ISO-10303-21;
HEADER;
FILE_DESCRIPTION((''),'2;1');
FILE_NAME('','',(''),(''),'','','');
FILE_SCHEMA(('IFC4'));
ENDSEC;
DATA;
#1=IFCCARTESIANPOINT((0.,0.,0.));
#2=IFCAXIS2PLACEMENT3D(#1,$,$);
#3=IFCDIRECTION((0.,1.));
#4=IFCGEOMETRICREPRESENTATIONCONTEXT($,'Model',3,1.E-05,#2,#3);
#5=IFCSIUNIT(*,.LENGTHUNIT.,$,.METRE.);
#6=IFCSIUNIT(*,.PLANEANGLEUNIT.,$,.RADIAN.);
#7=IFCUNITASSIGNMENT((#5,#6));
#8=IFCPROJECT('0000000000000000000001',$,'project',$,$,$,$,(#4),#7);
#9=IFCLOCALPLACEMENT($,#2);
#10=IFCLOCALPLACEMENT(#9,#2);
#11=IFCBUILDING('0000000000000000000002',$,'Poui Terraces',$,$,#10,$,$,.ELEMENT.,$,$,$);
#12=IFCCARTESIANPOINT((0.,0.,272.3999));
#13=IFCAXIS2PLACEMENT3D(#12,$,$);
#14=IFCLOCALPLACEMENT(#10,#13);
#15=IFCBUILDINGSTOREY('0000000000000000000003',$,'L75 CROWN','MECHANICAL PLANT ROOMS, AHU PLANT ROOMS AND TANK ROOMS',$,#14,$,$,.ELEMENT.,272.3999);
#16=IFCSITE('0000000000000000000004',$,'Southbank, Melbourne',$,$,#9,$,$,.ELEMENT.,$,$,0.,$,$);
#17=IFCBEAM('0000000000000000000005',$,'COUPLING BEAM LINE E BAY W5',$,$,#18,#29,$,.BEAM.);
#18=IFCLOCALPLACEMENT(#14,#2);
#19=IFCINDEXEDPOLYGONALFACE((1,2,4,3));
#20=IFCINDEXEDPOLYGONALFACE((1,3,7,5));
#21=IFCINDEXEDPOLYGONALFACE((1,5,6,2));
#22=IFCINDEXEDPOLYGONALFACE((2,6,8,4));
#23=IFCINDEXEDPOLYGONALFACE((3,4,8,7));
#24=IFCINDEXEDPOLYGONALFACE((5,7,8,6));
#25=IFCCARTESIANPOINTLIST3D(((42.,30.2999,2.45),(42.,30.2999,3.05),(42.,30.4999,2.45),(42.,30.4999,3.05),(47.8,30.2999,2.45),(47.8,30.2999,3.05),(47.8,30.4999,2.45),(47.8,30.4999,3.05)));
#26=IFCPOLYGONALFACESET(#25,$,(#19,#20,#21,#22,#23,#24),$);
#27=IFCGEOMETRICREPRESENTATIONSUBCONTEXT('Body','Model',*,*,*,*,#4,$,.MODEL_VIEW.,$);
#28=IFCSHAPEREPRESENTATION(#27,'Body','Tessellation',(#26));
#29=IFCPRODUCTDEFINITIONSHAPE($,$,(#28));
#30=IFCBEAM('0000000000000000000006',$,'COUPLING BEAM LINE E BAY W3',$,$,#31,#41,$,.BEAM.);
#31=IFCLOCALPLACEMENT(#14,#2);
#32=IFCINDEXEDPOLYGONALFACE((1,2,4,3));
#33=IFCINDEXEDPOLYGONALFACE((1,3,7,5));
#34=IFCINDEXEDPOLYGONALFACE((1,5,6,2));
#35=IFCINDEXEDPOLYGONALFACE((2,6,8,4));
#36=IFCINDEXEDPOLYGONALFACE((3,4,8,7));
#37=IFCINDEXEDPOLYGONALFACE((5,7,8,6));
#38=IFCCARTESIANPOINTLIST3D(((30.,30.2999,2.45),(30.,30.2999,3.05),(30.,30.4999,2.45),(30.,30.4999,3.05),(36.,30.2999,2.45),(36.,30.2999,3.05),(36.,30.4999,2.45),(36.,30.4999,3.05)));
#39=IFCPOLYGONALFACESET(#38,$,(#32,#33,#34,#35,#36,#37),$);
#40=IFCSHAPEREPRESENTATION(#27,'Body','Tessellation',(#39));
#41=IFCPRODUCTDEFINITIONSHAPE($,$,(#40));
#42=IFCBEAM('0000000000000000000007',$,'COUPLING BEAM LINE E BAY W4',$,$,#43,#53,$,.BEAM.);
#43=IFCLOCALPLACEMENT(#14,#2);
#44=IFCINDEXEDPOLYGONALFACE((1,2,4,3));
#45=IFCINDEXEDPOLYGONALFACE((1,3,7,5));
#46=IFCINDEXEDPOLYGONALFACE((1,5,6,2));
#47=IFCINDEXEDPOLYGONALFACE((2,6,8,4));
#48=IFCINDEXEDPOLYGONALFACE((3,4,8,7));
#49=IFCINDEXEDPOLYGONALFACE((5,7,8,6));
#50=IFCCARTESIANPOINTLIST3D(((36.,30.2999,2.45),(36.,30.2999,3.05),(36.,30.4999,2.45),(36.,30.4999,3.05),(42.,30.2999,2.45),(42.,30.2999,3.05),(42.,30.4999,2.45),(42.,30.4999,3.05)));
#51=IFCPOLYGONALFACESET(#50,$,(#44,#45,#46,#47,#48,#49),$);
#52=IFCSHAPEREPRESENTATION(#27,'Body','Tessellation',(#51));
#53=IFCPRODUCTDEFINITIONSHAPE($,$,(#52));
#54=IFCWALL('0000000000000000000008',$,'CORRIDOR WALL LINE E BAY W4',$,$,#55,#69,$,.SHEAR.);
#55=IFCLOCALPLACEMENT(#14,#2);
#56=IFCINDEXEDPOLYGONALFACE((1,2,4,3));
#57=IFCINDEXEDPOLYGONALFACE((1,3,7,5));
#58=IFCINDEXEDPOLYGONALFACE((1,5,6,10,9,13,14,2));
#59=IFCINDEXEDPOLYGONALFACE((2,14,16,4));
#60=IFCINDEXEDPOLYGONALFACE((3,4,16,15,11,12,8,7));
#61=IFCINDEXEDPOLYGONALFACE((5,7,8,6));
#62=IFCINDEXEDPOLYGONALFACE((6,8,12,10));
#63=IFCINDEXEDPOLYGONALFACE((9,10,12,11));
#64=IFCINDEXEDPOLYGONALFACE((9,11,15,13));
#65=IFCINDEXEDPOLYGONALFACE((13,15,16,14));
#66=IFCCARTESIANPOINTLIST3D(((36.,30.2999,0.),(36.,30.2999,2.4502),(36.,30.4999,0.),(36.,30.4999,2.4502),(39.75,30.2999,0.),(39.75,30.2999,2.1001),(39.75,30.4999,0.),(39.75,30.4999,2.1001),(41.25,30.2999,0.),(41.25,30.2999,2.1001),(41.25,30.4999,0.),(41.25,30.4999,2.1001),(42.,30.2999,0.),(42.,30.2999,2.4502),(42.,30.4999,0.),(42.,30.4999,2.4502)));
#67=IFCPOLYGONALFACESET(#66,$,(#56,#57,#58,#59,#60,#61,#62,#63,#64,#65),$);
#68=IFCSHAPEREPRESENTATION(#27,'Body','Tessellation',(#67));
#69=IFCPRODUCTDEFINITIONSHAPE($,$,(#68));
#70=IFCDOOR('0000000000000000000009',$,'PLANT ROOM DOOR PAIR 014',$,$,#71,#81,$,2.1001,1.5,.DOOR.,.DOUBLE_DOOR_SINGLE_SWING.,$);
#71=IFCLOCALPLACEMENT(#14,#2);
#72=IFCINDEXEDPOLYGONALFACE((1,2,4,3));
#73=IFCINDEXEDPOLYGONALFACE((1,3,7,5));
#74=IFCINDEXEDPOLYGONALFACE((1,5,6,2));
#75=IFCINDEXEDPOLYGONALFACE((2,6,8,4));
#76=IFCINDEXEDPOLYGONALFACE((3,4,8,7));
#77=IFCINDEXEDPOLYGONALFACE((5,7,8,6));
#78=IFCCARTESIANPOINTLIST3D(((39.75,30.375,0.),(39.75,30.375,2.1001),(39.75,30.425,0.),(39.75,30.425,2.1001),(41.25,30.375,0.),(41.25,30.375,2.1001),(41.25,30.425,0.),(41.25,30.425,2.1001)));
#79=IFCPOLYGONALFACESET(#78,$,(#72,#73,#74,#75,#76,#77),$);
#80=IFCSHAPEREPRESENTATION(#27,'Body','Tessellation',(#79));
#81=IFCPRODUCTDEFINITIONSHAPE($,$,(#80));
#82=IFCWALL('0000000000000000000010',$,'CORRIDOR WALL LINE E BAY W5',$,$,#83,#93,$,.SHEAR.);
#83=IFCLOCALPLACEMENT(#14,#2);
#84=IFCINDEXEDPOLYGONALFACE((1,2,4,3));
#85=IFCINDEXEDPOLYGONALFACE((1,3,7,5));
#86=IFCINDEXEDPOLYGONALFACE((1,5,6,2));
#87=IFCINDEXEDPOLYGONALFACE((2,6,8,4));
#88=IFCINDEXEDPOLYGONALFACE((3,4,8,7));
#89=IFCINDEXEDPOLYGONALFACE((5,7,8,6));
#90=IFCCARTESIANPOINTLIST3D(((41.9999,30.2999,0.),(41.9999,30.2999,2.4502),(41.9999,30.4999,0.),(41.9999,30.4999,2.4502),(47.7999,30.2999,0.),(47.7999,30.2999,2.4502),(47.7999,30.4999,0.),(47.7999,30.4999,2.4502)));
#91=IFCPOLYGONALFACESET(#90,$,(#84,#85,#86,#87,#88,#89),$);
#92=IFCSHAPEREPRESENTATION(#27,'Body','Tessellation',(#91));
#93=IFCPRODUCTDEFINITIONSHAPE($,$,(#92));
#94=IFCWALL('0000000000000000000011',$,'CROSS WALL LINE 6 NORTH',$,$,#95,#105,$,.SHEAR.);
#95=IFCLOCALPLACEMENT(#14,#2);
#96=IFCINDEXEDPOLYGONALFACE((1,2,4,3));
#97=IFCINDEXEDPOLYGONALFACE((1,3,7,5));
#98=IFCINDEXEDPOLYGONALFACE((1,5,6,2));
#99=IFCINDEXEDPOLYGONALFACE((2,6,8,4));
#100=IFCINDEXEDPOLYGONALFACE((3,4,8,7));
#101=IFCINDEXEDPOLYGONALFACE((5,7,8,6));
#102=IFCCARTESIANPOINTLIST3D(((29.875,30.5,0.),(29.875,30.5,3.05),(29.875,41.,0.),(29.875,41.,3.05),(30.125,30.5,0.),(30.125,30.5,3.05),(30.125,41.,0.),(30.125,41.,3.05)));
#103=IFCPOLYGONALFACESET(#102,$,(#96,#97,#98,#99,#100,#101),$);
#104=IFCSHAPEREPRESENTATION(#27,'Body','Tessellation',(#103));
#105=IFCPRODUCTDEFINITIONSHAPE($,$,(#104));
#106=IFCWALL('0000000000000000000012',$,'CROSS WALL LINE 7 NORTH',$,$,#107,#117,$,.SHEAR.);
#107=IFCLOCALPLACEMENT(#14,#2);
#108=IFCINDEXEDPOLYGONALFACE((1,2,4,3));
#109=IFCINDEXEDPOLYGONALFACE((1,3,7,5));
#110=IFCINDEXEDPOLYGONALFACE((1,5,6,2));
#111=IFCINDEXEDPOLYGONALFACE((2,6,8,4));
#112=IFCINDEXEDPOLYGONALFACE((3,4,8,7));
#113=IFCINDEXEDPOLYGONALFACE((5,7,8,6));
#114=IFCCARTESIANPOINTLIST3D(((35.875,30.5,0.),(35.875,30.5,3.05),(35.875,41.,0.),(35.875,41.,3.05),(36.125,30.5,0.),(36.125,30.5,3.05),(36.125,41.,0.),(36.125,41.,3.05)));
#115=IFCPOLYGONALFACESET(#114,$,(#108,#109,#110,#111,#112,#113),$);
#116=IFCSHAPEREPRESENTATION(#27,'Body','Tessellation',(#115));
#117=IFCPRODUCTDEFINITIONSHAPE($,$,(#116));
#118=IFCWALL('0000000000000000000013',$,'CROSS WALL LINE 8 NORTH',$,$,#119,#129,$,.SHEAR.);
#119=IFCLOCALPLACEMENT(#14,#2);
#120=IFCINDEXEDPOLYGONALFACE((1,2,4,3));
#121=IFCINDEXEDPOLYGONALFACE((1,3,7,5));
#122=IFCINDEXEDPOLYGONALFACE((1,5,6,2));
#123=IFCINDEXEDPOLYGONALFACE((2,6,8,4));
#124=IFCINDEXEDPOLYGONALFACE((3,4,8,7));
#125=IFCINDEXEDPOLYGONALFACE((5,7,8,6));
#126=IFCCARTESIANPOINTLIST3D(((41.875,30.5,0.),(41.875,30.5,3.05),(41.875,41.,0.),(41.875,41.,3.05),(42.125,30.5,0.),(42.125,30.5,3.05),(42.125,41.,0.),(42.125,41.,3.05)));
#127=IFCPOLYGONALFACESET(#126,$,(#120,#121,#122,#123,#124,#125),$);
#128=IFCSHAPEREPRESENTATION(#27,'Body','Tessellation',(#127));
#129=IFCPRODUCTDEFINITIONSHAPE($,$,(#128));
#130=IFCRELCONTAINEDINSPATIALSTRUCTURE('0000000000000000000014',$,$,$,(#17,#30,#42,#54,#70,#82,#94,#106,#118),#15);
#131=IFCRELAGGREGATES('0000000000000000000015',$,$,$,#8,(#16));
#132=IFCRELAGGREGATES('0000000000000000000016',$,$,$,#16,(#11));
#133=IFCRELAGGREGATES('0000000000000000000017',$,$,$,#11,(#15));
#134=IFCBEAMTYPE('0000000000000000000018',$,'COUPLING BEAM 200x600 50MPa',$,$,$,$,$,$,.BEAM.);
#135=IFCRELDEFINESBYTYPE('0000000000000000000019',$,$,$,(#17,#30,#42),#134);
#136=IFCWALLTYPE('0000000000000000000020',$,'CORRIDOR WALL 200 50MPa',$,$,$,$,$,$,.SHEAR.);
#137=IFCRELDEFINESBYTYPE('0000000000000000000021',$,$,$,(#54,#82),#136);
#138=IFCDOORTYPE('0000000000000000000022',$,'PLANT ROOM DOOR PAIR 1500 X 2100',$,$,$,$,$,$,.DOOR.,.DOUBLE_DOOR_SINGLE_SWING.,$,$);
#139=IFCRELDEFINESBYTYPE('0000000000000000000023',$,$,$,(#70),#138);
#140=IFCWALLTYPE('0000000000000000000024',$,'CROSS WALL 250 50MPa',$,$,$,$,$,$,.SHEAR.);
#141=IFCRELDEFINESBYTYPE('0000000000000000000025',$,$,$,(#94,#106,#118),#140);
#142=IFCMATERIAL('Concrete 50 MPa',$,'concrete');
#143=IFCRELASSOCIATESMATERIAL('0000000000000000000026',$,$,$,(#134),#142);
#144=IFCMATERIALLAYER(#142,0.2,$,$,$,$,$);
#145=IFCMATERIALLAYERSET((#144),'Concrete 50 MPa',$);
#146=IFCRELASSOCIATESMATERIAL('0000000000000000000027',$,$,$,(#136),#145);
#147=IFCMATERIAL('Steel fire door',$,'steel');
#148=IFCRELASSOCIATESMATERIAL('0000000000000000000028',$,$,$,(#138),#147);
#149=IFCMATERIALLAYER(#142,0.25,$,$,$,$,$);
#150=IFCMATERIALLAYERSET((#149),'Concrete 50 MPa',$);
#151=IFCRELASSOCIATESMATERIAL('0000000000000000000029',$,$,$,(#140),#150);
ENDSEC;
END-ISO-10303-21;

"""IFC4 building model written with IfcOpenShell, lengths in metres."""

from ifc_helpers import new_model, si_unit, direction, frame, frame_2d, origin, origin_2d, place, context, subcontext, project, spatial, rectangle, extrude, source, transform, mapped, material, layer, layer_set, material_profile, profile_set, type_object, element, fill, save


model = new_model("IFC4")

# Units and contexts
model_context = context("Model", 3, precision=1e-05, world=origin(), true_north=direction((0.0, 1.0)))
body_context = subcontext(model_context, "Body", "Model", "MODEL_VIEW")
ifc_project = project(units=[si_unit("LENGTHUNIT", "METRE"), si_unit("PLANEANGLEUNIT", "RADIAN")], contexts=[model_context])

# Site, building, storey
site_placement = place(None, origin())
site = spatial("IfcSite", under=ifc_project, at=site_placement, Name="Southbank, Melbourne", CompositionType="ELEMENT", RefElevation=0.0)
building_placement = place(site_placement, origin())
building = spatial("IfcBuilding", under=site, at=building_placement, Name="Poui Terraces", CompositionType="ELEMENT")
storey_placement = place(building_placement, frame((0.0, 0.0, 272.3999)))
storey = spatial("IfcBuildingStorey", under=building, at=storey_placement, Name="L75 CROWN", Description="MECHANICAL PLANT ROOMS, AHU PLANT ROOMS AND TANK ROOMS", CompositionType="ELEMENT", Elevation=272.3999)

# Beams
ifc_material_1 = material(Name="Concrete 50 MPa", Category="concrete")
ifc_material_profile_1 = material_profile(ifc_material_1, rectangle(XDim=0.2, YDim=0.6001, at=origin_2d()), Name="RC 200x600")
ifc_profile_set_1 = profile_set([ifc_material_profile_1], Name="Concrete 50 MPa")
beam_type = type_object("IfcBeamType", Name="COUPLING BEAM 200x600 50MPa", PredefinedType="BEAM", material=ifc_profile_set_1)
shared_shape_1 = source(origin(), body_context, "Body", "SweptSolid", [
    extrude(rectangle(XDim=0.2, YDim=0.6001, at=origin_2d()), origin(), (0.0, 0.0, 1.0), 5.8),
])
beam_placement = place(storey_placement, frame((42.0, 30.3999, 2.75), z_axis=(1.0, 0.0, 0.0), x_axis=(0.0, 1.0, 0.0)))
element("IfcBeam", 1, at=beam_placement, inside=storey, type_object=beam_type, Name="COUPLING BEAM LINE E BAY W5", PredefinedType="BEAM", context=body_context, shape_type="MappedRepresentation", body=[
    mapped(shared_shape_1, transform((0.0, 0.0, 0.0))),
])
shared_shape_2 = source(origin(), body_context, "Body", "SweptSolid", [
    extrude(rectangle(XDim=0.2, YDim=0.6001, at=origin_2d()), origin(), (0.0, 0.0, 1.0), 6.0),
])
for number, where, z_axis, x_axis, name in (
    (2, (30.0, 30.3999, 2.75), (1.0, 0.0, 0.0), (0.0, 1.0, 0.0), "COUPLING BEAM LINE E BAY W3"),
    (3, (36.0, 30.3999, 2.75), (1.0, 0.0, 0.0), (0.0, 1.0, 0.0), "COUPLING BEAM LINE E BAY W4"),
):
    element("IfcBeam", number, at=place(storey_placement, frame(where, z_axis=z_axis, x_axis=x_axis)), inside=storey, type_object=beam_type, Name=name, PredefinedType="BEAM", context=body_context, shape_type="MappedRepresentation", body=[
        mapped(shared_shape_2, transform((0.0, 0.0, 0.0))),
    ])

# Wall, opening, door
ifc_layer_1 = layer(ifc_material_1, 0.2)
ifc_layer_set_1 = layer_set([ifc_layer_1], Name="Concrete 50 MPa")
wall_type_1 = type_object("IfcWallType", Name="CORRIDOR WALL 200 50MPa", PredefinedType="SHEAR", material=ifc_layer_set_1)
wall_1_placement = place(storey_placement, frame((36.0, 30.3999, 0.0), z_axis=(0.0, 0.0, 1.0), x_axis=(1.0, 0.0, 0.0)))
wall_1 = element("IfcWall", 4, at=wall_1_placement, inside=storey, type_object=wall_type_1, Name="CORRIDOR WALL LINE E BAY W4", PredefinedType="SHEAR", context=body_context, shape_type="SweptSolid", body=[
    extrude(rectangle(XDim=6.0, YDim=0.2, at=frame_2d((3.0, 0.0))), origin(), (0.0, 0.0, 1.0), 2.4502),
])
opening_1_placement = place(wall_1_placement, frame((3.75, 0.0, 0.0)))
opening_1 = element("IfcOpeningElement", 5, at=opening_1_placement, cuts=wall_1, PredefinedType="OPENING", context=body_context, shape_type="SweptSolid", body=[
    extrude(rectangle(XDim=1.5, YDim=2.1001, at=frame_2d((0.75, 1.05))), frame((0.0, 0.1099, 0.0), z_axis=(0.0, -1.0, 0.0), x_axis=(1.0, 0.0, 0.0)), (0.0, 0.0, 1.0), 0.22),
])
ifc_material_2 = material(Name="Steel fire door", Category="steel")
door_type = type_object("IfcDoorType", Name="PLANT ROOM DOOR PAIR 1500 X 2100", OperationType="DOUBLE_DOOR_SINGLE_SWING", PredefinedType="DOOR", material=ifc_material_2)
door_placement = place(opening_1_placement, frame((1.5, 0.0, 0.0), z_axis=(0.0, 0.0, 1.0), x_axis=(-1.0, 0.0, 0.0)))
door = element("IfcDoor", 6, at=door_placement, inside=storey, type_object=door_type, Name="PLANT ROOM DOOR PAIR 014", OperationType="DOUBLE_DOOR_SINGLE_SWING", OverallHeight=2.1001, OverallWidth=1.5, PredefinedType="DOOR", context=body_context, shape_type="SweptSolid", body=[
    extrude(rectangle(XDim=1.5, YDim=2.1001, at=frame_2d((0.75, 1.05))), frame((0.0, 0.0249, 0.0), z_axis=(0.0, -1.0, 0.0), x_axis=(1.0, 0.0, 0.0)), (0.0, 0.0, 1.0), 0.05),
])
fill(opening_1, door)

# Walls
wall_2_placement = place(storey_placement, frame((42.0, 30.3999, 0.0), z_axis=(0.0, 0.0, 1.0), x_axis=(1.0, 0.0, 0.0)))
element("IfcWall", 7, at=wall_2_placement, inside=storey, type_object=wall_type_1, Name="CORRIDOR WALL LINE E BAY W5", PredefinedType="SHEAR", context=body_context, shape_type="SweptSolid", body=[
    extrude(rectangle(XDim=5.8, YDim=0.2, at=frame_2d((2.8999, 0.0))), origin(), (0.0, 0.0, 1.0), 2.4502),
])
ifc_layer_2 = layer(ifc_material_1, 0.25)
ifc_layer_set_2 = layer_set([ifc_layer_2], Name="Concrete 50 MPa")
wall_type_2 = type_object("IfcWallType", Name="CROSS WALL 250 50MPa", PredefinedType="SHEAR", material=ifc_layer_set_2)
for number, where, z_axis, x_axis, name in (
    (8, (30.0, 30.5, 0.0), (0.0, 0.0, 1.0), (0.0, 1.0, 0.0), "CROSS WALL LINE 6 NORTH"),
    (9, (36.0, 30.5, 0.0), (0.0, 0.0, 1.0), (0.0, 1.0, 0.0), "CROSS WALL LINE 7 NORTH"),
    (10, (42.0, 30.5, 0.0), (0.0, 0.0, 1.0), (0.0, 1.0, 0.0), "CROSS WALL LINE 8 NORTH"),
):
    element("IfcWall", number, at=place(storey_placement, frame(where, z_axis=z_axis, x_axis=x_axis)), inside=storey, type_object=wall_type_2, Name=name, PredefinedType="SHEAR", context=body_context, shape_type="SweptSolid", body=[
        extrude(rectangle(XDim=10.5, YDim=0.25, at=frame_2d((5.25, 0.0))), origin(), (0.0, 0.0, 1.0), 3.05),
    ])

save(model, "model.ifc")
